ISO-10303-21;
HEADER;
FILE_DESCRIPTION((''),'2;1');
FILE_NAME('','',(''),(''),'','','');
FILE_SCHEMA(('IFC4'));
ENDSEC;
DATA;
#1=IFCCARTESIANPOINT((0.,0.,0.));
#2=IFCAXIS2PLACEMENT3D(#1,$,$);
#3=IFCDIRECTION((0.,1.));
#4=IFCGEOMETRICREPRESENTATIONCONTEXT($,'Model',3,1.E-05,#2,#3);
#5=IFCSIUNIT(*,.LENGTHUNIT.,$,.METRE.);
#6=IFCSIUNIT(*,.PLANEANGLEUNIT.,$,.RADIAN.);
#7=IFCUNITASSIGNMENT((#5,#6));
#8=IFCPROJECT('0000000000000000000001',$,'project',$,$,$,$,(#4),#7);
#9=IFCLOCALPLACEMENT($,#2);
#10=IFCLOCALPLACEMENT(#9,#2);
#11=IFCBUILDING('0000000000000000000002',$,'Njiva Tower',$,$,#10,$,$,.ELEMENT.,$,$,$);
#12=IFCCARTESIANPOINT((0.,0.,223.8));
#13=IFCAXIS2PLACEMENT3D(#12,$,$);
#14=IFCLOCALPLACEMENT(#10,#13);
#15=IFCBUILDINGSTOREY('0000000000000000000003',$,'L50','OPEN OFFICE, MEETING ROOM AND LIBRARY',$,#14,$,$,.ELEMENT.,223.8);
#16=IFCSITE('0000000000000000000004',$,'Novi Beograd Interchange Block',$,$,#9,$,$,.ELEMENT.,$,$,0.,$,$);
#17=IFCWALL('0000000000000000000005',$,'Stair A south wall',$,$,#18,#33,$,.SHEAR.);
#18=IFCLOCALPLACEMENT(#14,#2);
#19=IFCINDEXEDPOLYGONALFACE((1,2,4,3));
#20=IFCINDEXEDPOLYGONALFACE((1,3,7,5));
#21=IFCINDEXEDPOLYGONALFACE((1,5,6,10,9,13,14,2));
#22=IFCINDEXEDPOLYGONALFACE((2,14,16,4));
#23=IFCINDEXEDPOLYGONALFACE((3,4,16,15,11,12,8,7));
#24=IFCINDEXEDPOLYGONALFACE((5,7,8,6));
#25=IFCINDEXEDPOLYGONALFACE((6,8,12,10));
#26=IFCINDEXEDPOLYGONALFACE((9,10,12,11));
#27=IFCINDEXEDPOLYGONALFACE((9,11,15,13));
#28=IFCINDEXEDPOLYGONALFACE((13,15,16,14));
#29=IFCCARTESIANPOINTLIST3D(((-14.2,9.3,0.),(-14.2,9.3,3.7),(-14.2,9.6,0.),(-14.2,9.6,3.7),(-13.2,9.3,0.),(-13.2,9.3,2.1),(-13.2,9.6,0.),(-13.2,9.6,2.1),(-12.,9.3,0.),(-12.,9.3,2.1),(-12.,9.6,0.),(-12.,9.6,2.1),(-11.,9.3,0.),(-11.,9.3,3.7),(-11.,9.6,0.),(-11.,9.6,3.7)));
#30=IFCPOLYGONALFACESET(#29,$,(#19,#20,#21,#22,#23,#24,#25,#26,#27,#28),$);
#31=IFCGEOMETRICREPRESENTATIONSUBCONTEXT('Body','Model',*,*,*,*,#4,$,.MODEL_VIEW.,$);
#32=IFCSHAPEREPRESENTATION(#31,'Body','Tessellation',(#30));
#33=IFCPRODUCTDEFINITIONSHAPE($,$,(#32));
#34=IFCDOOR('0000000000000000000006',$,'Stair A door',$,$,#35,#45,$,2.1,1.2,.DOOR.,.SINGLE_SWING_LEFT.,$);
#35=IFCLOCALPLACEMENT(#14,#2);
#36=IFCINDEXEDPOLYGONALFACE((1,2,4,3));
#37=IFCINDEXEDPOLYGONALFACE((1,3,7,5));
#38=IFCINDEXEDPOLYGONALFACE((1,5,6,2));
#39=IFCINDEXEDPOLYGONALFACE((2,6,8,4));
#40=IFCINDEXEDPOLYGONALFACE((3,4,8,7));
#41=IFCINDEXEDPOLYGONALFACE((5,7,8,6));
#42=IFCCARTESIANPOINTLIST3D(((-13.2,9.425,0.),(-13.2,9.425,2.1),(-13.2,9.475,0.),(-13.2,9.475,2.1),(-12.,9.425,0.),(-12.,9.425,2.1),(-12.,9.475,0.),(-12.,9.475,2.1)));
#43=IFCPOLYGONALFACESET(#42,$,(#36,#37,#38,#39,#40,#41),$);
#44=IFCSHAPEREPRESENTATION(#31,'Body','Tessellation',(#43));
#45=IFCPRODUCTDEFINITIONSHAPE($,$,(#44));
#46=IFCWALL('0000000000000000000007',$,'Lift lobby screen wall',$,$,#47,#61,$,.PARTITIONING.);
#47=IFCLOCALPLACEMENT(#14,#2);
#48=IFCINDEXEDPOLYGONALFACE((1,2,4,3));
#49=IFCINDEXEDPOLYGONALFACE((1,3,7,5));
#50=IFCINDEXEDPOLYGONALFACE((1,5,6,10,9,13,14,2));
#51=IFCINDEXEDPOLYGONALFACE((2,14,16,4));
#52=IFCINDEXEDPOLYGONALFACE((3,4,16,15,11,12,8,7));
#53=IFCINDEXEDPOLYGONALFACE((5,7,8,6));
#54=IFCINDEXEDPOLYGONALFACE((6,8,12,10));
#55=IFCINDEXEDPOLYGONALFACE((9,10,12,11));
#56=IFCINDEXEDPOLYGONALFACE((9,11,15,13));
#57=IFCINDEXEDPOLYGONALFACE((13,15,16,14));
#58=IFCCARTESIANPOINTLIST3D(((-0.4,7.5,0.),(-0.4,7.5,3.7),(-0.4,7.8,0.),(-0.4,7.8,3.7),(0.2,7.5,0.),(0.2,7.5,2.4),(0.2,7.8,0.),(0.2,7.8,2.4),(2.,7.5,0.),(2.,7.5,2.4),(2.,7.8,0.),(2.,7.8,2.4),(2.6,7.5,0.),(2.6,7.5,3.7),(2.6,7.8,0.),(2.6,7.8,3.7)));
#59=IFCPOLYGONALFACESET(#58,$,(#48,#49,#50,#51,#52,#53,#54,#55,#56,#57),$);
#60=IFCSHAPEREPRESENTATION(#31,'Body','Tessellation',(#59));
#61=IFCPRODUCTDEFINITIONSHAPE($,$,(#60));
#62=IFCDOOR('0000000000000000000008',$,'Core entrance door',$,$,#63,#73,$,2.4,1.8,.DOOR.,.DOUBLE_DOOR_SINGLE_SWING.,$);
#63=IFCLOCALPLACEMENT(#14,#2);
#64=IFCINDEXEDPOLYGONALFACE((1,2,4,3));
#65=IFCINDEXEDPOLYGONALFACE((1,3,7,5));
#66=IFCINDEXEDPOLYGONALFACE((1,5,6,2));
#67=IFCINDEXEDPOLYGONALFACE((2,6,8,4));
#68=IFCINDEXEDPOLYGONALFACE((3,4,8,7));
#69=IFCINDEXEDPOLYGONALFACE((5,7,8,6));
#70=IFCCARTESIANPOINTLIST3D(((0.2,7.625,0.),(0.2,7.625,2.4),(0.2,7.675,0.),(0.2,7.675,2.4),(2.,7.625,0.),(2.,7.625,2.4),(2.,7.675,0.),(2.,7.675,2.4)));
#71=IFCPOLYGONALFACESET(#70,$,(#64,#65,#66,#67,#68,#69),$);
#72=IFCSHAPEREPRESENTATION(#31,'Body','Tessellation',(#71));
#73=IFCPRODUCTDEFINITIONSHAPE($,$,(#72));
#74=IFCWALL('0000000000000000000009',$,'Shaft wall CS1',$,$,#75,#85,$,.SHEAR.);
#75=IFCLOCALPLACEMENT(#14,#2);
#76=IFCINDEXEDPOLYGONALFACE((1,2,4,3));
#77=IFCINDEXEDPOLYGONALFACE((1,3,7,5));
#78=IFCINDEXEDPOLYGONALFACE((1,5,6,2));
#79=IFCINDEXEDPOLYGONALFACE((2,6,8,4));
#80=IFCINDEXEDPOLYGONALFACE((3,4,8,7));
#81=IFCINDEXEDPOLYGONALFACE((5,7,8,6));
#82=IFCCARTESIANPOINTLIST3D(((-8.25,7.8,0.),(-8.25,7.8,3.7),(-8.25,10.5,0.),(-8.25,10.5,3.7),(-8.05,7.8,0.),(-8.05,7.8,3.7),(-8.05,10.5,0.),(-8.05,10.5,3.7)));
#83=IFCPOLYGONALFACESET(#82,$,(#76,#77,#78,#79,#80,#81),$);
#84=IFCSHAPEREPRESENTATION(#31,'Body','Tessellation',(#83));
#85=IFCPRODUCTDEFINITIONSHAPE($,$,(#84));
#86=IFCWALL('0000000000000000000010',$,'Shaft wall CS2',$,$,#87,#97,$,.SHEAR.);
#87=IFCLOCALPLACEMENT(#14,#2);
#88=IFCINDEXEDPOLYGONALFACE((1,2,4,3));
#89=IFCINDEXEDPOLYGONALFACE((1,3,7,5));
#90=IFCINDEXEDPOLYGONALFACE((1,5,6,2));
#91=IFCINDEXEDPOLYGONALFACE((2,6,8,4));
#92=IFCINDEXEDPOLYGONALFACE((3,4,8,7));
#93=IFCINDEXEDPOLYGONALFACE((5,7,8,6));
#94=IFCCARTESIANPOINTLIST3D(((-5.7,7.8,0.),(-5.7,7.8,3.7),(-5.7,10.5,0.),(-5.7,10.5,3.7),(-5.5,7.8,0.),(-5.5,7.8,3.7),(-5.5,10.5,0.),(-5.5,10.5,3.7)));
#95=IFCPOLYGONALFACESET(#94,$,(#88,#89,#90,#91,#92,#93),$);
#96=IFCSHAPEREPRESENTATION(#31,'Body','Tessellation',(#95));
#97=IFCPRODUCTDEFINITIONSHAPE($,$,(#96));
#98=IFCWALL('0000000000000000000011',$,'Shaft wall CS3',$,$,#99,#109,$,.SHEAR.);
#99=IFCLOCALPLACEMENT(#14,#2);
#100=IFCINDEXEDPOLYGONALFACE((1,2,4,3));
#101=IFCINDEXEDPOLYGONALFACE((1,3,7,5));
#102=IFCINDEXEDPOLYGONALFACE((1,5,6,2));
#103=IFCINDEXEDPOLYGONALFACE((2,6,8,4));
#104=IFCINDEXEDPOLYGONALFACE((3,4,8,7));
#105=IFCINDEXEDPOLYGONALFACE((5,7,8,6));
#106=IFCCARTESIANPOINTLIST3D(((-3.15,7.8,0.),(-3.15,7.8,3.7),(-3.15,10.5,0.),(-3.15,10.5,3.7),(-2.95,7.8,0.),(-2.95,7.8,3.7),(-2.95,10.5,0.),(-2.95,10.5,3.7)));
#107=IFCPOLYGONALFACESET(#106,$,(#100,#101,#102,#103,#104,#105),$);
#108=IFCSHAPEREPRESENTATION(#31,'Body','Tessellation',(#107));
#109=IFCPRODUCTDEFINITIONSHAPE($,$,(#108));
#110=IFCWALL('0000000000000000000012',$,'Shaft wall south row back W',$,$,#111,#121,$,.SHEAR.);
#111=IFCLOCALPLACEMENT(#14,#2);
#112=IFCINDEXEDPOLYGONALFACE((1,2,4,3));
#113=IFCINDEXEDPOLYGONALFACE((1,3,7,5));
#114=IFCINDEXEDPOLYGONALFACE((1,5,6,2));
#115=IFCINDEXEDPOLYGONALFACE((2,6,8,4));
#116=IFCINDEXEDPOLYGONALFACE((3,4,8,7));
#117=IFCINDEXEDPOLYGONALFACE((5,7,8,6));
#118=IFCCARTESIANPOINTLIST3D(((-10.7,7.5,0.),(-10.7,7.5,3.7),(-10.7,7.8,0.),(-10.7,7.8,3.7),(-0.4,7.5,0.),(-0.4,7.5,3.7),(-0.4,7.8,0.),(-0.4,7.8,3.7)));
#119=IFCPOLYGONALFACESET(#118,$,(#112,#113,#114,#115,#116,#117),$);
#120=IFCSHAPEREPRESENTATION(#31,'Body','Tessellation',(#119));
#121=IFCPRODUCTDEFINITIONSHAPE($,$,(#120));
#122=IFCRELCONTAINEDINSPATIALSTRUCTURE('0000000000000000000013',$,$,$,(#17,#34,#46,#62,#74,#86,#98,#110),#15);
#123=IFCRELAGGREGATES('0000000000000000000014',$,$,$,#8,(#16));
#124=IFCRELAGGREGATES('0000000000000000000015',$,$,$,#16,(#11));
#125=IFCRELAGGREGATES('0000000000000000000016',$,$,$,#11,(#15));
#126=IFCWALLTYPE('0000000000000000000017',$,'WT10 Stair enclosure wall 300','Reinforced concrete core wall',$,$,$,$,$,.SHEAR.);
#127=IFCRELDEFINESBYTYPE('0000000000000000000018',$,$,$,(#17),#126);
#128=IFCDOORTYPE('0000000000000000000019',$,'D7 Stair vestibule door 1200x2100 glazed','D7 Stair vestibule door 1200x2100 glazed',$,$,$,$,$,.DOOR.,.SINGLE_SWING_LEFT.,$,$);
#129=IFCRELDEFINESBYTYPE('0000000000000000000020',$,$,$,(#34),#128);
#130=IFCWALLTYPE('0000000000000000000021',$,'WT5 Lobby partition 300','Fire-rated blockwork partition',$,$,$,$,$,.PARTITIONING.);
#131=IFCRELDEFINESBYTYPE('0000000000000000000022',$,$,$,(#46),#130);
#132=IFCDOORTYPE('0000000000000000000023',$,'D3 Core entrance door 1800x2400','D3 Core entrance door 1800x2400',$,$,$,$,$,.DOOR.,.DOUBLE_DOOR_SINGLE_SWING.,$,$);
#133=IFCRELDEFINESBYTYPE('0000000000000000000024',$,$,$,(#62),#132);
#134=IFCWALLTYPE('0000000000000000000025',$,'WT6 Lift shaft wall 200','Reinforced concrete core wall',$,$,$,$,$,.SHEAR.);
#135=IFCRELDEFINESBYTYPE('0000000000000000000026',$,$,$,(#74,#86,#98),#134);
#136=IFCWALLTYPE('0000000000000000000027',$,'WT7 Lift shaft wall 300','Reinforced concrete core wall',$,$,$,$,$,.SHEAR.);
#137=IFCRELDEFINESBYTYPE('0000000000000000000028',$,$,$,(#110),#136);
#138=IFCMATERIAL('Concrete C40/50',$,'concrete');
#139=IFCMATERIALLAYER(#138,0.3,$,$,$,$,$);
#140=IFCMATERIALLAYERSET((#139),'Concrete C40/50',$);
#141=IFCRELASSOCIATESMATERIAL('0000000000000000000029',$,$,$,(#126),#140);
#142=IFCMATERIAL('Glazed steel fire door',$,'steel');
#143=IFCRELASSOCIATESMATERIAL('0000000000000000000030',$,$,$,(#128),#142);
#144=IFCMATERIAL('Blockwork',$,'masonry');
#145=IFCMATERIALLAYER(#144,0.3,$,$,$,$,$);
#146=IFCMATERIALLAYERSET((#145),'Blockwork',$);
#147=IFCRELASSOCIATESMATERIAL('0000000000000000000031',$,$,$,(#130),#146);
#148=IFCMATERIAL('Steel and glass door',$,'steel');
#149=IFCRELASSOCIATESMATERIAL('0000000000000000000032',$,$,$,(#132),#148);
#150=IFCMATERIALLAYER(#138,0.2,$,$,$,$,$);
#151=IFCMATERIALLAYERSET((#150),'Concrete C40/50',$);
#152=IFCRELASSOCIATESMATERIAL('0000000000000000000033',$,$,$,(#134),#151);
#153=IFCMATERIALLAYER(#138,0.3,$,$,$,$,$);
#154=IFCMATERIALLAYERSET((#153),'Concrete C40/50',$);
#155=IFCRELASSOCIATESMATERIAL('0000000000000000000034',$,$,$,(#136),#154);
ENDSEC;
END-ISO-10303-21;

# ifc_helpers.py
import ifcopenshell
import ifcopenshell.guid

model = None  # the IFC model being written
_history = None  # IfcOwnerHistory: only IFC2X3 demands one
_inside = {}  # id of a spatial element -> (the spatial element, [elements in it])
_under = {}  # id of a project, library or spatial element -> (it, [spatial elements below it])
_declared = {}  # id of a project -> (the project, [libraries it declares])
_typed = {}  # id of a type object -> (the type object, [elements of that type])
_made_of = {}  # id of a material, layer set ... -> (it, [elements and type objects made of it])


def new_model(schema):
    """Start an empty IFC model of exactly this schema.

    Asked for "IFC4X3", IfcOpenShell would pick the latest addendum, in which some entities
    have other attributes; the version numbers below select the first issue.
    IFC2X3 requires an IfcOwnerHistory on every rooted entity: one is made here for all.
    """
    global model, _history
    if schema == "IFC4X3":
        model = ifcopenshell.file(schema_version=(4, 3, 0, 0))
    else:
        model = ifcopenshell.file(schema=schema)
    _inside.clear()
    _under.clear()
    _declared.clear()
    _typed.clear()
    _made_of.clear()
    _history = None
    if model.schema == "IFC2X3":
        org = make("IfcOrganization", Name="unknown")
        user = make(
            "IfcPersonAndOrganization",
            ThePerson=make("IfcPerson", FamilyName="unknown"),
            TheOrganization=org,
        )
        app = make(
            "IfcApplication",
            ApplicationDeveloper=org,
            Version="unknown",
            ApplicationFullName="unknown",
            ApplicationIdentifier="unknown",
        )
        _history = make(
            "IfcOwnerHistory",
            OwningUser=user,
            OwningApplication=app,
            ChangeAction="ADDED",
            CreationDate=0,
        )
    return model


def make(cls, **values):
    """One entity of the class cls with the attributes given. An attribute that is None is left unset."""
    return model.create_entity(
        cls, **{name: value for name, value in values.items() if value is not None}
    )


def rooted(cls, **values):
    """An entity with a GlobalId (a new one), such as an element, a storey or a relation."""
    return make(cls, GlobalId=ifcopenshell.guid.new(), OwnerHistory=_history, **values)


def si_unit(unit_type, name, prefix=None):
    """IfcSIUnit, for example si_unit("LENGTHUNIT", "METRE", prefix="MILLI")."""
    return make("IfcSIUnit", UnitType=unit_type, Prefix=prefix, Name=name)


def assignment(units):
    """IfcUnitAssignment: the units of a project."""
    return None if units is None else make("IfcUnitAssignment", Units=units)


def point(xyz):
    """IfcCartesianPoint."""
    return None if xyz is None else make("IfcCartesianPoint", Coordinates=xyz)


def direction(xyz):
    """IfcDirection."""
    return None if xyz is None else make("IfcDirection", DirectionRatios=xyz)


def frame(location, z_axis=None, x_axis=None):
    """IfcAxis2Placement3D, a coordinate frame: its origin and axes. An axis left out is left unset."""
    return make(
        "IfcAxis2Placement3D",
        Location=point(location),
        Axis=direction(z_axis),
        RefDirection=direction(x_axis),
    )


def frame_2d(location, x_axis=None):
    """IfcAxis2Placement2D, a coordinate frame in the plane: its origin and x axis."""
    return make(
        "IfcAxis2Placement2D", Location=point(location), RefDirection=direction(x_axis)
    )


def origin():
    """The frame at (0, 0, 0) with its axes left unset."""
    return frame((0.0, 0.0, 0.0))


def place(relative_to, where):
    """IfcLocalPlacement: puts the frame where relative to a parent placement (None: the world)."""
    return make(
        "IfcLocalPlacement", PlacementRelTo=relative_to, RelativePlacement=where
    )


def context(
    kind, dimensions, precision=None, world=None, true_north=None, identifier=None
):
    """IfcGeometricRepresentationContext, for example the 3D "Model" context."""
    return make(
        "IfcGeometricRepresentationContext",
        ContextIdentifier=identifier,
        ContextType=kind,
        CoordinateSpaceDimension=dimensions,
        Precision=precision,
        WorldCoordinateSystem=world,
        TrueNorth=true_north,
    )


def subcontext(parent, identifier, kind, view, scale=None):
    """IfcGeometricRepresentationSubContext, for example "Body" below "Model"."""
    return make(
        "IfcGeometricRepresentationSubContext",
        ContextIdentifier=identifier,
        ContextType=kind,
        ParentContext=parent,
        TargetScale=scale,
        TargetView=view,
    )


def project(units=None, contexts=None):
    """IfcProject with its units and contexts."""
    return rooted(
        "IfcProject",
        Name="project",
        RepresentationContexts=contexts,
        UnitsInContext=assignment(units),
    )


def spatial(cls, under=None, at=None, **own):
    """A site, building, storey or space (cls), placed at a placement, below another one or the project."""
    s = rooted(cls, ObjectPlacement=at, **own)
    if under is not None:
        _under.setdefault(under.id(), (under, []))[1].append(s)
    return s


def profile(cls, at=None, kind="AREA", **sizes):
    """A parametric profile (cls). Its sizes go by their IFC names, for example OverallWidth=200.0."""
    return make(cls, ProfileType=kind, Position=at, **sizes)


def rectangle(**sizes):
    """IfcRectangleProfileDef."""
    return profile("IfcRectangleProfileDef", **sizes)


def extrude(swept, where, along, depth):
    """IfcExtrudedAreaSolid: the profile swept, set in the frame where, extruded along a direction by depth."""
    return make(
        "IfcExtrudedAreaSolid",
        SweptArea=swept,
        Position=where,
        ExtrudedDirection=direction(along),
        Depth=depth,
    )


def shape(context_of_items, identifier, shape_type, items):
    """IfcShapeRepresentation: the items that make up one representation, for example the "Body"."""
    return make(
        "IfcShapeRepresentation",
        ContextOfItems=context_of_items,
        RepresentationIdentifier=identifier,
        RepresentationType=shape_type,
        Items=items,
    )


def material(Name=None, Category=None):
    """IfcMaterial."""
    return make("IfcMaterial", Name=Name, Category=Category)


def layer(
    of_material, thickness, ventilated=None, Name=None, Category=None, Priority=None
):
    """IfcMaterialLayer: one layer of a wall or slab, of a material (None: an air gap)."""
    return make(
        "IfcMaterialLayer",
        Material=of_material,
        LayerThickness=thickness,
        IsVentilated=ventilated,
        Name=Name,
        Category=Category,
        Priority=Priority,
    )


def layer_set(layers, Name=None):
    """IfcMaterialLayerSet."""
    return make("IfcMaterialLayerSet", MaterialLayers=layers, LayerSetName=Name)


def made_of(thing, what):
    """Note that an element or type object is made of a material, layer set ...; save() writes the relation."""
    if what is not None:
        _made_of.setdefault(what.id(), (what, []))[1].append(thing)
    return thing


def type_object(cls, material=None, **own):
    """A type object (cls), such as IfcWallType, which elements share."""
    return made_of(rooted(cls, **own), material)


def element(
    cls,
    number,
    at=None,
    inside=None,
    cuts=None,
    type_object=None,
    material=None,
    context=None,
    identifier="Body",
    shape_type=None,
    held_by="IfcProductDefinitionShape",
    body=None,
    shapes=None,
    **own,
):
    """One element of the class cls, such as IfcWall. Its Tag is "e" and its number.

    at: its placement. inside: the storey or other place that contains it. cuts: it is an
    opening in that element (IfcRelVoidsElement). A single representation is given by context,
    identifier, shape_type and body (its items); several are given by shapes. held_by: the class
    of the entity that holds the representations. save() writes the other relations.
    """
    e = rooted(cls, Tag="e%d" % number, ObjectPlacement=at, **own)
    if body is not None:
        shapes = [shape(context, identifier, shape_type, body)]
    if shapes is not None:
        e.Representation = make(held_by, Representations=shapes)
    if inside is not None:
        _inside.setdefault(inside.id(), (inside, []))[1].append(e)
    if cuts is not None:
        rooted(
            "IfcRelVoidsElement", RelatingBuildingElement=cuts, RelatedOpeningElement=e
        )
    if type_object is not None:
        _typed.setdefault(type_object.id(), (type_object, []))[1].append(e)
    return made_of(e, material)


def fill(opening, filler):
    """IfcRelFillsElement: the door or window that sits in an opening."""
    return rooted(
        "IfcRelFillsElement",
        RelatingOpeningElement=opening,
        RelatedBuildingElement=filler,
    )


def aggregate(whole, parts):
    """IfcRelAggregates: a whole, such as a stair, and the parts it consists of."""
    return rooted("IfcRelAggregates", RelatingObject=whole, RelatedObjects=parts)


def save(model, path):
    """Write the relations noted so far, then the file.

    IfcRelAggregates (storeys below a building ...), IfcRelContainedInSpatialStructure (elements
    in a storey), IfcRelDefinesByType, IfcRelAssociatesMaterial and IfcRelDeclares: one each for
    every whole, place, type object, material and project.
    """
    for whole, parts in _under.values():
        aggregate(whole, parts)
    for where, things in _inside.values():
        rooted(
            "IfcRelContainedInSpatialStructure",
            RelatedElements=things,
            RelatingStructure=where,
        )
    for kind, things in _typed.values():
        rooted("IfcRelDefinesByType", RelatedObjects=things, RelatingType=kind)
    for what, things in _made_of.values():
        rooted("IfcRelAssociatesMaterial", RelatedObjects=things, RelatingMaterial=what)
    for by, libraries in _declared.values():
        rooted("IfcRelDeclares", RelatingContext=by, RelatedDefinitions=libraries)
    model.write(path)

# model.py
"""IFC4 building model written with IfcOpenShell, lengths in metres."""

from ifc_helpers import new_model, si_unit, direction, frame, frame_2d, origin, place, context, subcontext, project, spatial, rectangle, extrude, material, layer, layer_set, type_object, element, fill, save


model = new_model("IFC4")

# Units and contexts
model_context = context("Model", 3, precision=1e-05, world=origin(), true_north=direction((0.0, 1.0)))
body_context = subcontext(model_context, "Body", "Model", "MODEL_VIEW")
ifc_project = project(units=[si_unit("LENGTHUNIT", "METRE"), si_unit("PLANEANGLEUNIT", "RADIAN")], contexts=[model_context])

# Site, building, storey
site_placement = place(None, origin())
site = spatial("IfcSite", under=ifc_project, at=site_placement, Name="Novi Beograd Interchange Block", CompositionType="ELEMENT", RefElevation=0.0)
building_placement = place(site_placement, origin())
building = spatial("IfcBuilding", under=site, at=building_placement, Name="Njiva Tower", CompositionType="ELEMENT")
storey_placement = place(building_placement, frame((0.0, 0.0, 223.8)))
storey = spatial("IfcBuildingStorey", under=building, at=storey_placement, Name="L50", Description="OPEN OFFICE, MEETING ROOM AND LIBRARY", CompositionType="ELEMENT", Elevation=223.8)

# Shared definitions
ifc_material_1 = material(Name="Blockwork", Category="masonry")

# Shared definitions
ifc_material_2 = material(Name="Concrete C40/50", Category="concrete")
ifc_layer_1 = layer(ifc_material_2, 0.3)
ifc_layer_set_1 = layer_set([ifc_layer_1], Name="Concrete C40/50")
wall_type_1 = type_object("IfcWallType", Name="WT10 Stair enclosure wall 300", Description="Reinforced concrete core wall", PredefinedType="SHEAR", material=ifc_layer_set_1)
ifc_material_3 = material(Name="Glazed steel fire door", Category="steel")

# Walls, openings, doors
wall_1_placement = place(storey_placement, frame((-14.2, 9.45, 0.0), z_axis=(0.0, 0.0, 1.0), x_axis=(1.0, 0.0, 0.0)))
wall_1 = element("IfcWall", 1, at=wall_1_placement, inside=storey, type_object=wall_type_1, Name="Stair A south wall", PredefinedType="SHEAR", context=body_context, shape_type="SweptSolid", body=[
    extrude(rectangle(XDim=3.2, YDim=0.3, at=frame_2d((1.6, 0.0))), origin(), (0.0, 0.0, 1.0), 3.7),
])
opening_1_placement = place(wall_1_placement, frame((1.0, 0.0, 0.0)))
opening_1 = element("IfcOpeningElement", 2, at=opening_1_placement, cuts=wall_1, PredefinedType="OPENING", context=body_context, shape_type="SweptSolid", body=[
    extrude(rectangle(XDim=1.2, YDim=2.1, at=frame_2d((0.6, 1.05))), frame((0.0, 0.16, 0.0), z_axis=(0.0, -1.0, 0.0), x_axis=(1.0, 0.0, 0.0)), (0.0, 0.0, 1.0), 0.32),
])
door_type_1 = type_object("IfcDoorType", Name="D7 Stair vestibule door 1200x2100 glazed", Description="D7 Stair vestibule door 1200x2100 glazed", OperationType="SINGLE_SWING_LEFT", PredefinedType="DOOR", material=ifc_material_3)
door_1_placement = place(opening_1_placement, origin())
door_1 = element("IfcDoor", 3, at=door_1_placement, inside=storey, type_object=door_type_1, Name="Stair A door", OperationType="SINGLE_SWING_LEFT", OverallHeight=2.1, OverallWidth=1.2, PredefinedType="DOOR", context=body_context, shape_type="SweptSolid", body=[
    extrude(rectangle(XDim=1.2, YDim=2.1, at=frame_2d((0.6, 1.05))), frame((0.0, 0.025, 0.0), z_axis=(0.0, -1.0, 0.0), x_axis=(1.0, 0.0, 0.0)), (0.0, 0.0, 1.0), 0.05),
])
fill(opening_1, door_1)
ifc_layer_2 = layer(ifc_material_1, 0.3)
ifc_layer_set_2 = layer_set([ifc_layer_2], Name="Blockwork")
wall_type_2 = type_object("IfcWallType", Name="WT5 Lobby partition 300", Description="Fire-rated blockwork partition", PredefinedType="PARTITIONING", material=ifc_layer_set_2)
wall_2_placement = place(storey_placement, frame((-0.4, 7.65, 0.0), z_axis=(0.0, 0.0, 1.0), x_axis=(1.0, 0.0, 0.0)))
wall_2 = element("IfcWall", 4, at=wall_2_placement, inside=storey, type_object=wall_type_2, Name="Lift lobby screen wall", PredefinedType="PARTITIONING", context=body_context, shape_type="SweptSolid", body=[
    extrude(rectangle(XDim=3.0, YDim=0.3, at=frame_2d((1.5, 0.0))), origin(), (0.0, 0.0, 1.0), 3.7),
])
opening_2_placement = place(wall_2_placement, frame((0.6, 0.0, 0.0)))
opening_2 = element("IfcOpeningElement", 5, at=opening_2_placement, cuts=wall_2, PredefinedType="OPENING", context=body_context, shape_type="SweptSolid", body=[
    extrude(rectangle(XDim=1.8, YDim=2.4, at=frame_2d((0.9, 1.2))), frame((0.0, 0.16, 0.0), z_axis=(0.0, -1.0, 0.0), x_axis=(1.0, 0.0, 0.0)), (0.0, 0.0, 1.0), 0.32),
])
ifc_material_4 = material(Name="Steel and glass door", Category="steel")
door_type_2 = type_object("IfcDoorType", Name="D3 Core entrance door 1800x2400", Description="D3 Core entrance door 1800x2400", OperationType="DOUBLE_DOOR_SINGLE_SWING", PredefinedType="DOOR", material=ifc_material_4)
door_2_placement = place(opening_2_placement, origin())
door_2 = element("IfcDoor", 6, at=door_2_placement, inside=storey, type_object=door_type_2, Name="Core entrance door", OperationType="DOUBLE_DOOR_SINGLE_SWING", OverallHeight=2.4, OverallWidth=1.8, PredefinedType="DOOR", context=body_context, shape_type="SweptSolid", body=[
    extrude(rectangle(XDim=1.8, YDim=2.4, at=frame_2d((0.9, 1.2))), frame((0.0, 0.025, 0.0), z_axis=(0.0, -1.0, 0.0), x_axis=(1.0, 0.0, 0.0)), (0.0, 0.0, 1.0), 0.05),
])
fill(opening_2, door_2)

# Walls
ifc_layer_3 = layer(ifc_material_2, 0.2)
ifc_layer_set_3 = layer_set([ifc_layer_3], Name="Concrete C40/50")
wall_type_3 = type_object("IfcWallType", Name="WT6 Lift shaft wall 200", Description="Reinforced concrete core wall", PredefinedType="SHEAR", material=ifc_layer_set_3)
for number, where, z_axis, x_axis, name in (
    (7, (-8.15, 7.8, 0.0), (0.0, 0.0, 1.0), (0.0, 1.0, 0.0), "Shaft wall CS1"),
    (8, (-5.6, 7.8, 0.0), (0.0, 0.0, 1.0), (0.0, 1.0, 0.0), "Shaft wall CS2"),
    (9, (-3.05, 7.8, 0.0), (0.0, 0.0, 1.0), (0.0, 1.0, 0.0), "Shaft wall CS3"),
):
    element("IfcWall", number, at=place(storey_placement, frame(where, z_axis=z_axis, x_axis=x_axis)), inside=storey, type_object=wall_type_3, Name=name, PredefinedType="SHEAR", context=body_context, shape_type="SweptSolid", body=[
        extrude(rectangle(XDim=2.7, YDim=0.2, at=frame_2d((1.35, 0.0))), origin(), (0.0, 0.0, 1.0), 3.7),
    ])
ifc_layer_4 = layer(ifc_material_2, 0.3)
ifc_layer_set_4 = layer_set([ifc_layer_4], Name="Concrete C40/50")
wall_type_4 = type_object("IfcWallType", Name="WT7 Lift shaft wall 300", Description="Reinforced concrete core wall", PredefinedType="SHEAR", material=ifc_layer_set_4)
wall_3_placement = place(storey_placement, frame((-10.7, 7.65, 0.0), z_axis=(0.0, 0.0, 1.0), x_axis=(1.0, 0.0, 0.0)))
element("IfcWall", 10, at=wall_3_placement, inside=storey, type_object=wall_type_4, Name="Shaft wall south row back W", PredefinedType="SHEAR", context=body_context, shape_type="SweptSolid", body=[
    extrude(rectangle(XDim=10.3, YDim=0.3, at=frame_2d((5.15, 0.0))), origin(), (0.0, 0.0, 1.0), 3.7),
])

save(model, "model.ifc")
